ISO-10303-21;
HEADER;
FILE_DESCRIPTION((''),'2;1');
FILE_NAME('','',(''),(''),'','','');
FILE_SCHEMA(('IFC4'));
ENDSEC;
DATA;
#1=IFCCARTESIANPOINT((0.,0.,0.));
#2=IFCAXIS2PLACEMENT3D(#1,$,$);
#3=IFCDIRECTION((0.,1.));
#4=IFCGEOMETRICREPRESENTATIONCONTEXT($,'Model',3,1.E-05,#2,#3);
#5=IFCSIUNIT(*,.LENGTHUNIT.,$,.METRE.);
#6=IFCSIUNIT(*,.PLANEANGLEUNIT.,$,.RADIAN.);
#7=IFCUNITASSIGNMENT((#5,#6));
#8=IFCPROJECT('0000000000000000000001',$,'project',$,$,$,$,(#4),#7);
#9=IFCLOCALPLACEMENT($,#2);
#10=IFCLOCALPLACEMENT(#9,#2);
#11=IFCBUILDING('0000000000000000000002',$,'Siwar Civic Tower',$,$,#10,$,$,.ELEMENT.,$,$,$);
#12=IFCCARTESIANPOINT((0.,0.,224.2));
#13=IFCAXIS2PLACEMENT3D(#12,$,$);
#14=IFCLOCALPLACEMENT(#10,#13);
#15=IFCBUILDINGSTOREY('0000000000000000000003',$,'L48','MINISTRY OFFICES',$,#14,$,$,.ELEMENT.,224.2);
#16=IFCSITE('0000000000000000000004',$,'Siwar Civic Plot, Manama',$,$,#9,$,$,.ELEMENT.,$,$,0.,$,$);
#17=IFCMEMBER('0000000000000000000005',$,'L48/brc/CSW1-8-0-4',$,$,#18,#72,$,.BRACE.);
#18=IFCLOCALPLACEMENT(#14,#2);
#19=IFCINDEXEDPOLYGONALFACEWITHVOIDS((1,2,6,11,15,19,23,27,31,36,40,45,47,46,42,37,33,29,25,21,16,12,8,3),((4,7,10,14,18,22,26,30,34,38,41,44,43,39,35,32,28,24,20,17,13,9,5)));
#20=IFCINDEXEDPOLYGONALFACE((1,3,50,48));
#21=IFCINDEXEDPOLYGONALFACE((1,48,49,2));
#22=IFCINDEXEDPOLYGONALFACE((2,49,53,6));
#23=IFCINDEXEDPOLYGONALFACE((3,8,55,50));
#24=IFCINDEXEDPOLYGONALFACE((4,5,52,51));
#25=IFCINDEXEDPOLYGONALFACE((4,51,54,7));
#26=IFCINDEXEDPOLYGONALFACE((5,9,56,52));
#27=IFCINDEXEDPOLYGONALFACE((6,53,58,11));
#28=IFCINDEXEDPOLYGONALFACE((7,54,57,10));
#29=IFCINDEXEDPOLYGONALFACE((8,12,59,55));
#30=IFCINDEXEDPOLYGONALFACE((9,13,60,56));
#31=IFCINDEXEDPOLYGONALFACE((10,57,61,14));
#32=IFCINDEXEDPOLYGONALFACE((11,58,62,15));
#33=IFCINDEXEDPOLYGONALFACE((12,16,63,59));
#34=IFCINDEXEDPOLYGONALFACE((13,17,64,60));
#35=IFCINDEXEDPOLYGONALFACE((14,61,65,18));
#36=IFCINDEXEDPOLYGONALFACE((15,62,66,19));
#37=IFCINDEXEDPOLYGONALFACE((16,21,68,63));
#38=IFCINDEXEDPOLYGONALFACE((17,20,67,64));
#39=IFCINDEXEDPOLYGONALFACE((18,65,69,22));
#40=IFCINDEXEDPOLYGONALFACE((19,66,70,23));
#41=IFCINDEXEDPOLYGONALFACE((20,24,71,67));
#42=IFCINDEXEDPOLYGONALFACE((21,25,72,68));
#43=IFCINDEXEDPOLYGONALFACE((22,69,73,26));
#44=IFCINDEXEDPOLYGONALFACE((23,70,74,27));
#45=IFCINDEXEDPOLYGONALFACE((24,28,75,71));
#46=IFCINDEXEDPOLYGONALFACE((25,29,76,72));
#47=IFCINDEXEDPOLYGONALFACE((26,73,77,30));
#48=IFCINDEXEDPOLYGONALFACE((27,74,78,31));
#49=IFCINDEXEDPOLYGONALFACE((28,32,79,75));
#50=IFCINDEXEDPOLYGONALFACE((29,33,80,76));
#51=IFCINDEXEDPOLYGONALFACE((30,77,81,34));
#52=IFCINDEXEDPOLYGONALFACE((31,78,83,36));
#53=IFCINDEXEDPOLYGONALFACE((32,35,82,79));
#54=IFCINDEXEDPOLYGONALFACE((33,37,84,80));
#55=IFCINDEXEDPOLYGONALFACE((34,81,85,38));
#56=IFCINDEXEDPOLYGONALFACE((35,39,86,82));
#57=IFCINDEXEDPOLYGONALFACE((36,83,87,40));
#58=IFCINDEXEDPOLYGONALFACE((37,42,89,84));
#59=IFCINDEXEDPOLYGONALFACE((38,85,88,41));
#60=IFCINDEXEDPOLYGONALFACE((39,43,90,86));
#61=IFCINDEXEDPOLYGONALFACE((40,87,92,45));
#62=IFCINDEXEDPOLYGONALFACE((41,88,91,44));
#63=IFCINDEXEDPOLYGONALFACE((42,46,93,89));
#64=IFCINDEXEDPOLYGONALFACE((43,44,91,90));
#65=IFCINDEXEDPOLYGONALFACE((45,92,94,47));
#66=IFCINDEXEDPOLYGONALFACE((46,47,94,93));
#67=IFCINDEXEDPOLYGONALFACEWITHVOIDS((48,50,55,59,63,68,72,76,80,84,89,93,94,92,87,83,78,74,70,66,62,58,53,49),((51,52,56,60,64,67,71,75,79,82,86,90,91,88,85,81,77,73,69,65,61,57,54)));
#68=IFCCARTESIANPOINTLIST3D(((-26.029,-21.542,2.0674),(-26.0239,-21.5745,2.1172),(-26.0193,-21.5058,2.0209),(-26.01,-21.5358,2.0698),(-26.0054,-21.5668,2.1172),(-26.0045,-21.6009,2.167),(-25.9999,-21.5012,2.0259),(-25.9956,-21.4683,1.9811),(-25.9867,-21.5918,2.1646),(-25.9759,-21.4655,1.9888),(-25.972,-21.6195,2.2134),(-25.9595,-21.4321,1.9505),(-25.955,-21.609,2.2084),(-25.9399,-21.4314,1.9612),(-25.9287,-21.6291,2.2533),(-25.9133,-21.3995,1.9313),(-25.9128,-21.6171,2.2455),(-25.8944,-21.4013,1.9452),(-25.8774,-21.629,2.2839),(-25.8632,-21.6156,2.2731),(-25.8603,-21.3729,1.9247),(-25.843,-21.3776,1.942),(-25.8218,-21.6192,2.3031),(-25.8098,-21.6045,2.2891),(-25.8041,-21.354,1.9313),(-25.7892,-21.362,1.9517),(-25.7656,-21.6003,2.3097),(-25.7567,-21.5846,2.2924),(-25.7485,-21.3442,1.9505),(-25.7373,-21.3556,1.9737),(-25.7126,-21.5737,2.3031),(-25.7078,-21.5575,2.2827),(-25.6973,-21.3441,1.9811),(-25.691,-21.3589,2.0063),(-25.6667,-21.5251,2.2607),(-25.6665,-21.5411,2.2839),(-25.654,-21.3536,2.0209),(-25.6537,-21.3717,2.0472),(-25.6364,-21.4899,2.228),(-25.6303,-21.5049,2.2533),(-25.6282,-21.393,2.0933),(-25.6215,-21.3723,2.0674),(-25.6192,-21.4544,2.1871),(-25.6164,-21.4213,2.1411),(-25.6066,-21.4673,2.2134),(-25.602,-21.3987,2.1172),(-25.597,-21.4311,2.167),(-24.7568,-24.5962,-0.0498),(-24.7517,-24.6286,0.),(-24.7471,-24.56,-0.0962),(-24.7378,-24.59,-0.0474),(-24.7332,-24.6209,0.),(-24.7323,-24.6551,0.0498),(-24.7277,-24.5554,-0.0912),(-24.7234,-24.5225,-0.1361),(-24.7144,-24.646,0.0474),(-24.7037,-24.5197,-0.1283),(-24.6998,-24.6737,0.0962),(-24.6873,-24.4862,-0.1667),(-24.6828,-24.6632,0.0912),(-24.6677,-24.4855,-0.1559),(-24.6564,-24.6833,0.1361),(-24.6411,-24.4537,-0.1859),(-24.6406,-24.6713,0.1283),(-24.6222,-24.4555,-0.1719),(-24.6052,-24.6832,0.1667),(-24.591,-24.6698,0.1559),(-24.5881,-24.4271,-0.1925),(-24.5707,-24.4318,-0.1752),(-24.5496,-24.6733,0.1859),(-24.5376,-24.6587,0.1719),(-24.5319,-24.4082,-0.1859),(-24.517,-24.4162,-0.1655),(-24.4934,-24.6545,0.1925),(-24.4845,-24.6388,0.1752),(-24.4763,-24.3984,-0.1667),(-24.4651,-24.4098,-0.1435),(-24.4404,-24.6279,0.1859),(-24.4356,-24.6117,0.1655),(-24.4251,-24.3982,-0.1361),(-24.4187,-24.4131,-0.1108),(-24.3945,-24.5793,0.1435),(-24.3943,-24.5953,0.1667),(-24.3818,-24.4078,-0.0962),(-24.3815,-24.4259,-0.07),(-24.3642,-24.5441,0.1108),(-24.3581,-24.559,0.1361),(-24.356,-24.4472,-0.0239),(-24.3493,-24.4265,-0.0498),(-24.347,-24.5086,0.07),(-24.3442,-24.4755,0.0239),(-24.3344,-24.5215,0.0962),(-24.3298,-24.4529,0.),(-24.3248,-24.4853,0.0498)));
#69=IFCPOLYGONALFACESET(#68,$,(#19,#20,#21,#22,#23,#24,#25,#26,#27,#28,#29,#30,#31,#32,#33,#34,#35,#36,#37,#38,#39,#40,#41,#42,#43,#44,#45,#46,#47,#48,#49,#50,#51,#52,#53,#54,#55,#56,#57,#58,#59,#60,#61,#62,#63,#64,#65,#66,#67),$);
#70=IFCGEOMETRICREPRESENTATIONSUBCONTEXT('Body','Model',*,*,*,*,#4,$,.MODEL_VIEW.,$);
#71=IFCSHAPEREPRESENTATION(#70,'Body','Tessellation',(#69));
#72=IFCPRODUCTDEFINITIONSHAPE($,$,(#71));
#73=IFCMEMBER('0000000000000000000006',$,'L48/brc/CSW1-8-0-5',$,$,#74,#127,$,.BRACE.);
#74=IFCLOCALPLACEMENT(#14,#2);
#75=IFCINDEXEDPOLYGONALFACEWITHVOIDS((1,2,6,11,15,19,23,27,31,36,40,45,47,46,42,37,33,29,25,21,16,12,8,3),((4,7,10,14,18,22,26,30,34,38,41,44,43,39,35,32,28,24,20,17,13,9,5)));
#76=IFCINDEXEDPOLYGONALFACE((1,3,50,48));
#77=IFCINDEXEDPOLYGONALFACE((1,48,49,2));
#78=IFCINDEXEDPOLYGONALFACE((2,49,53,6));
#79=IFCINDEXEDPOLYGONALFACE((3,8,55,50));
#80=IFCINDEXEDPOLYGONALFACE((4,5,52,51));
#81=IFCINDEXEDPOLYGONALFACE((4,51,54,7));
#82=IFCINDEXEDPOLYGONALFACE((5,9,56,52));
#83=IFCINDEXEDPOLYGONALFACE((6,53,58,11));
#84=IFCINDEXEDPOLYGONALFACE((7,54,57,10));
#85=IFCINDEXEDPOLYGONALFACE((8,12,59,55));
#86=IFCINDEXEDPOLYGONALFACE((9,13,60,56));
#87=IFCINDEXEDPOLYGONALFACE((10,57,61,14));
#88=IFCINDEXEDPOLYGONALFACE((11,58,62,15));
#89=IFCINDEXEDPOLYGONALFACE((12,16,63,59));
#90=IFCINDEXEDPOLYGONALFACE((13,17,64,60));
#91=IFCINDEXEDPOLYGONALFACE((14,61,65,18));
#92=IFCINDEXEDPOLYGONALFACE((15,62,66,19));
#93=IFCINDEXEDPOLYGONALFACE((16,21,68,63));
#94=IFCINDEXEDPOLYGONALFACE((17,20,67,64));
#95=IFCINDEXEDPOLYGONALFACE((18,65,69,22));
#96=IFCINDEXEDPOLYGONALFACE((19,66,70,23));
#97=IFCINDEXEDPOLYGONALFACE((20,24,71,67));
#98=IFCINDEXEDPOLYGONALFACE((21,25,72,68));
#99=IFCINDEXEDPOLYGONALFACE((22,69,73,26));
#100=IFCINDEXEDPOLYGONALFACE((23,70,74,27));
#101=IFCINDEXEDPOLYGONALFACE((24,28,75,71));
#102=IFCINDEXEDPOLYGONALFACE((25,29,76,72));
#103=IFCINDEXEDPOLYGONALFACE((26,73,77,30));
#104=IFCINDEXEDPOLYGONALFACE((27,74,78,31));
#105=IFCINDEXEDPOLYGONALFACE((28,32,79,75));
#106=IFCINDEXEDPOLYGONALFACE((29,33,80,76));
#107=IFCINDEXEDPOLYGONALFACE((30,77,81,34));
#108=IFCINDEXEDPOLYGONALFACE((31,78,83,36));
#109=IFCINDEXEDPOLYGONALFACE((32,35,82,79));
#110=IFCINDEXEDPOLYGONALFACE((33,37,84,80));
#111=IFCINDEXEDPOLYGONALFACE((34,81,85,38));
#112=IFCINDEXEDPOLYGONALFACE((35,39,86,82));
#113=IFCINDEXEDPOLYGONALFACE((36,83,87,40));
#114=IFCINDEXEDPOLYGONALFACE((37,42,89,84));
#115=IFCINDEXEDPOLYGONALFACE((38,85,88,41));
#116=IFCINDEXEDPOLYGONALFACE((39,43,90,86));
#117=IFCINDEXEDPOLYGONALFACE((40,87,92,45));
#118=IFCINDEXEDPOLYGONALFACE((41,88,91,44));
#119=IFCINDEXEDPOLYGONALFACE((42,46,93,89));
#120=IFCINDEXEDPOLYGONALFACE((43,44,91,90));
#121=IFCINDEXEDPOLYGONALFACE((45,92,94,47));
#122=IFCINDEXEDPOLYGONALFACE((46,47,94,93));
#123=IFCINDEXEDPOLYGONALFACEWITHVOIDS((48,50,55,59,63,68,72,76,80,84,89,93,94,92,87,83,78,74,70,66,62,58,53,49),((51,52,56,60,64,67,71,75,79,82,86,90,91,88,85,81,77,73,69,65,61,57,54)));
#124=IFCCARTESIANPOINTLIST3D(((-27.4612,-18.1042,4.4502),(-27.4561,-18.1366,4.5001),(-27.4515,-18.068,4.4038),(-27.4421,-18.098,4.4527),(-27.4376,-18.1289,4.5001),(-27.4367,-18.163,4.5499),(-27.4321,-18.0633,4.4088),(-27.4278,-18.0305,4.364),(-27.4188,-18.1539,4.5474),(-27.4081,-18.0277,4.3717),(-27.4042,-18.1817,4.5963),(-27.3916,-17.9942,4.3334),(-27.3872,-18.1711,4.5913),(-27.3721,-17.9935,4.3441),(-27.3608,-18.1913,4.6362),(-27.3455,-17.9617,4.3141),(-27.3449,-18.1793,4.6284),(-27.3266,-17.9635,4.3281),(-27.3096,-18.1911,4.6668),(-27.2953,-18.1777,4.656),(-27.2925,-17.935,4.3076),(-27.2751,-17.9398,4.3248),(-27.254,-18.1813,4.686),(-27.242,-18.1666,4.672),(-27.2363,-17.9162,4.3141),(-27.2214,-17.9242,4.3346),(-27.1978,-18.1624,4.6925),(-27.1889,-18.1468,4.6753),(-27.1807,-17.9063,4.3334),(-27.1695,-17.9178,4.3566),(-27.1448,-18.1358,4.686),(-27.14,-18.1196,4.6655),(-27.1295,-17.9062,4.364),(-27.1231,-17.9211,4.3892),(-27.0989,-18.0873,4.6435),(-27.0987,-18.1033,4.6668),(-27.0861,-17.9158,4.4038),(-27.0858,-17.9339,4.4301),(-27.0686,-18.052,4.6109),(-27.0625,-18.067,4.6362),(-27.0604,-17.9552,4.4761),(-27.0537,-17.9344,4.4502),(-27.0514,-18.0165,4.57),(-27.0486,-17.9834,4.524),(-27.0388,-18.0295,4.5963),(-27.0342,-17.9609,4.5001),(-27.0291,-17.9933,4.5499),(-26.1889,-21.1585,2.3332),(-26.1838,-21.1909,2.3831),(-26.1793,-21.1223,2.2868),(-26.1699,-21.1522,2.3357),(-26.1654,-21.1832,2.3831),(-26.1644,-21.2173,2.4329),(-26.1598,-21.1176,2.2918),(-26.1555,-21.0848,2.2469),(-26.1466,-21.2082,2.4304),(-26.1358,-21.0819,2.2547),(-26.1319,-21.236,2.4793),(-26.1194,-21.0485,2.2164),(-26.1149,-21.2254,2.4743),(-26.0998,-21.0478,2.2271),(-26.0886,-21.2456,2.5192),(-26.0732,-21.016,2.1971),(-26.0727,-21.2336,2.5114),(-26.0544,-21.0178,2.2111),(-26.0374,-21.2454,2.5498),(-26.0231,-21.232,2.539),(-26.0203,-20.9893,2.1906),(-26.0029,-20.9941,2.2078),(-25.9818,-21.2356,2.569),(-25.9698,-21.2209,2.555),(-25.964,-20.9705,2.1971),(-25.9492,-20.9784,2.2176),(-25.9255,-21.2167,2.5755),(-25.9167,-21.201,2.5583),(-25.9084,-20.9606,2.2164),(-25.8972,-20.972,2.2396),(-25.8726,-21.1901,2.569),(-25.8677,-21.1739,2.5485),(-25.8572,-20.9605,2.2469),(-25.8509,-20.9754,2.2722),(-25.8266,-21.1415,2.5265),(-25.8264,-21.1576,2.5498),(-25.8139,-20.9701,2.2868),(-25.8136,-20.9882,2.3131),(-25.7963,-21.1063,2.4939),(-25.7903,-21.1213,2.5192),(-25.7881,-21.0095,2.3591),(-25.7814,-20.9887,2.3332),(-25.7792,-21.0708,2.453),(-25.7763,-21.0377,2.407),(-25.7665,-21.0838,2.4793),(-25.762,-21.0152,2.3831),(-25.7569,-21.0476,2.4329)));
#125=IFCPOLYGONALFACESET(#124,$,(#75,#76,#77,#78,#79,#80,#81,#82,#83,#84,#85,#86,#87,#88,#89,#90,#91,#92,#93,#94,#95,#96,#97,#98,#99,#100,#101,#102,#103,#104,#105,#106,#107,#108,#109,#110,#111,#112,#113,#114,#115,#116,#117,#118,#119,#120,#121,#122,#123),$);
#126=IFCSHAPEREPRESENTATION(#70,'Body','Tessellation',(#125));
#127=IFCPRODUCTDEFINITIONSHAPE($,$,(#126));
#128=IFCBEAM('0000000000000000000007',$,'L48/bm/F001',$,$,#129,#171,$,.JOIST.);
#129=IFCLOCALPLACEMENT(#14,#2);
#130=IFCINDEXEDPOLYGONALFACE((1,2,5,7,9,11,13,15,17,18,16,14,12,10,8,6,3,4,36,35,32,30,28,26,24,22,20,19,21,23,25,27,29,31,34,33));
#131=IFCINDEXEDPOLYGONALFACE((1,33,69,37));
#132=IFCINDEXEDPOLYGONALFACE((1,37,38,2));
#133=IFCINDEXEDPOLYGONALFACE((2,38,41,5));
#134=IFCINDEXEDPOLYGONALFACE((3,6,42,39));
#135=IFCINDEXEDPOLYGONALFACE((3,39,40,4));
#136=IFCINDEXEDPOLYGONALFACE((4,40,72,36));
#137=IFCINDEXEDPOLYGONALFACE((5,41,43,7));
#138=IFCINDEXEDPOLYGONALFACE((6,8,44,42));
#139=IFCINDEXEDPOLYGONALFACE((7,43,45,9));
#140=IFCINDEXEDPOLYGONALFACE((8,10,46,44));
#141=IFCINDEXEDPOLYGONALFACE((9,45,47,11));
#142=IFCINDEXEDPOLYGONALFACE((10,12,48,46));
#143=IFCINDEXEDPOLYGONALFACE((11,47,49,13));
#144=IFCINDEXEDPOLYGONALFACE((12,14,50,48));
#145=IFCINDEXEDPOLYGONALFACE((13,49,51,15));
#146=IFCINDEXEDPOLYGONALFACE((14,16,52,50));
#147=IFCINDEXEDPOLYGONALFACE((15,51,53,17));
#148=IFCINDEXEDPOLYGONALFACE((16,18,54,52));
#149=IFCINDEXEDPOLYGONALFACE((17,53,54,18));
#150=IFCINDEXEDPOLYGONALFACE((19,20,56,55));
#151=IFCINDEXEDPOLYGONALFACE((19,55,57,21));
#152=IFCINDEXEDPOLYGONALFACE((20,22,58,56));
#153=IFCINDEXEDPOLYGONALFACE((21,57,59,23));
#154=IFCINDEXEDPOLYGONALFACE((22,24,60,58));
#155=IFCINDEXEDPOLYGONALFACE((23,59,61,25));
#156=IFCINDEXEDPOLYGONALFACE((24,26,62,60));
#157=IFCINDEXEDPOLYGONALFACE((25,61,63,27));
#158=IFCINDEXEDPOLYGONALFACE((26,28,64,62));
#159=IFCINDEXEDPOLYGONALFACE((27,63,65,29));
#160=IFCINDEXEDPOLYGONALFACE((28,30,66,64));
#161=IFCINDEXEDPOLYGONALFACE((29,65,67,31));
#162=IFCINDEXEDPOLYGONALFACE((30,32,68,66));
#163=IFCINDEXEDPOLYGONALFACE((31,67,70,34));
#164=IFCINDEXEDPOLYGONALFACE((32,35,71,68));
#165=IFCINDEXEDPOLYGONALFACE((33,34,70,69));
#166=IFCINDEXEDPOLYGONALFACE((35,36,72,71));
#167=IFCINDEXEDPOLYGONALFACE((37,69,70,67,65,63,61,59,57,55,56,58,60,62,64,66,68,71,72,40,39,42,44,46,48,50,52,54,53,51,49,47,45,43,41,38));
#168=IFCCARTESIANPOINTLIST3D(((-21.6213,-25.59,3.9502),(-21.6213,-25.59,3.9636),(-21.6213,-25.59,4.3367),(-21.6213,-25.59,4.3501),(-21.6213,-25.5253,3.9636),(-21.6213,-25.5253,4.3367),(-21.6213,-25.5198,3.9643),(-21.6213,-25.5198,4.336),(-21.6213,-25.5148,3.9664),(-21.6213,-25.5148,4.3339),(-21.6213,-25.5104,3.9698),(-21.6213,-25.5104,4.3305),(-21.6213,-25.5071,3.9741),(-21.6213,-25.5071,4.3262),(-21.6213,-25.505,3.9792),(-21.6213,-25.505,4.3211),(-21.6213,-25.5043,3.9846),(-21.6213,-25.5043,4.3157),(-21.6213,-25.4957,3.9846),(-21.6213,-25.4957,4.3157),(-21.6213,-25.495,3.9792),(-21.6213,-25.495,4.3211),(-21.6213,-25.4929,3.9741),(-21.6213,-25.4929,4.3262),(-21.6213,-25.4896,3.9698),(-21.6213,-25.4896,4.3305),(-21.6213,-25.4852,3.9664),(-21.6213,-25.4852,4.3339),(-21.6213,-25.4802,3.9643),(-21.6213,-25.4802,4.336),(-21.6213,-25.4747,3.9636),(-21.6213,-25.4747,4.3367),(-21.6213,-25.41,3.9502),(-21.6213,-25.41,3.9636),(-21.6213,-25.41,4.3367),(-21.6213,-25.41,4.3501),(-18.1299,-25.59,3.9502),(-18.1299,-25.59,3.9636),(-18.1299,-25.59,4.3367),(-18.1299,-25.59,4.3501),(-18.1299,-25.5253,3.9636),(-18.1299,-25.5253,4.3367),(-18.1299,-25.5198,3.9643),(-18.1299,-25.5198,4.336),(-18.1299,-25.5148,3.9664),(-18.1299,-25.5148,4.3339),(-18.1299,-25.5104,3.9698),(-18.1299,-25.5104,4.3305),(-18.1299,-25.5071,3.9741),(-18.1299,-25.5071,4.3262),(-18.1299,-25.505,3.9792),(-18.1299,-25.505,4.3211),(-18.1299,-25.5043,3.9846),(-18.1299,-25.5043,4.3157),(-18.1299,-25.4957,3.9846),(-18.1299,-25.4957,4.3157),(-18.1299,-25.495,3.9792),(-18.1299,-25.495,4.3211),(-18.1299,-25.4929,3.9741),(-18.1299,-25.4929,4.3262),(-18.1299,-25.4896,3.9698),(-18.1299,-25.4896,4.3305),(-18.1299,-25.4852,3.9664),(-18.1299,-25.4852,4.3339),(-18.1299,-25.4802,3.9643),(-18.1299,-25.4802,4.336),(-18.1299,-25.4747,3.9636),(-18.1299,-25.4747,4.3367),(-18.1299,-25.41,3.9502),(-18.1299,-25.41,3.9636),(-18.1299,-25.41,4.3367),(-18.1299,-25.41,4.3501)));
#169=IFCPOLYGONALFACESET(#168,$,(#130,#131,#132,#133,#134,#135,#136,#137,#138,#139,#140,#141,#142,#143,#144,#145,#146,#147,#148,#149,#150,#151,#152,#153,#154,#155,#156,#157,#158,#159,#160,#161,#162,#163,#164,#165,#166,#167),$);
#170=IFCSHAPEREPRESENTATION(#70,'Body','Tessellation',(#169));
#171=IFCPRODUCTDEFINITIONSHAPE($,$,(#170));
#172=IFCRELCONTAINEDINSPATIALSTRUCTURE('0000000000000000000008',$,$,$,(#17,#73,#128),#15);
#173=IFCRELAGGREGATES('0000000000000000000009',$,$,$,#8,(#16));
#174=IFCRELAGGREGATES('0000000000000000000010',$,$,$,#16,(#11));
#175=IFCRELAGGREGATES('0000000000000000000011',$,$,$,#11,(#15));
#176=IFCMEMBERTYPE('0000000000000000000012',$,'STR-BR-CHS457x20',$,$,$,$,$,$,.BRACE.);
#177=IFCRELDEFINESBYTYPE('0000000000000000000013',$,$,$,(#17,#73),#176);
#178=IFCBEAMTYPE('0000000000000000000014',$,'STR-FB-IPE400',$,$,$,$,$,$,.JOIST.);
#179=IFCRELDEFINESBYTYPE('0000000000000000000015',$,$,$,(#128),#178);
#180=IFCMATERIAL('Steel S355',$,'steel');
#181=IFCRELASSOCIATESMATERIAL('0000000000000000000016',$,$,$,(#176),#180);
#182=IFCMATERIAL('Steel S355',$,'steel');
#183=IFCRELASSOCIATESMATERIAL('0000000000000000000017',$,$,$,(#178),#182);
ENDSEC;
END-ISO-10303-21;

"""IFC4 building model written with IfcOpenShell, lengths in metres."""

from ifc_helpers import new_model, si_unit, direction, frame, origin, origin_2d, place, context, subcontext, project, spatial, hollow_circle, i_section, extrude, material, material_profile, profile_set, type_object, element, save


model = new_model("IFC4")

# Units and contexts
model_context = context("Model", 3, precision=1e-05, world=origin(), true_north=direction((0.0, 1.0)))
body_context = subcontext(model_context, "Body", "Model", "MODEL_VIEW")
ifc_project = project(units=[si_unit("LENGTHUNIT", "METRE"), si_unit("PLANEANGLEUNIT", "RADIAN")], contexts=[model_context])

# Site, building, storey
site_placement = place(None, origin())
site = spatial("IfcSite", under=ifc_project, at=site_placement, Name="Siwar Civic Plot, Manama", CompositionType="ELEMENT", RefElevation=0.0)
building_placement = place(site_placement, origin())
building = spatial("IfcBuilding", under=site, at=building_placement, Name="Siwar Civic Tower", CompositionType="ELEMENT")
storey_placement = place(building_placement, frame((0.0, 0.0, 224.2)))
storey = spatial("IfcBuildingStorey", under=building, at=storey_placement, Name="L48", Description="MINISTRY OFFICES", CompositionType="ELEMENT", Elevation=224.2)

# Members
ifc_material_1 = material(Name="Steel S355", Category="steel")
ifc_material_profile_1 = material_profile(ifc_material_1, hollow_circle(Radius=0.2285, WallThickness=0.02, at=origin_2d()), Name="CHS457x20")
ifc_profile_set_1 = profile_set([ifc_material_profile_1], Name="Steel S355")
member_type_1 = type_object("IfcMemberType", Name="STR-BR-CHS457x20", PredefinedType="BRACE", material=ifc_profile_set_1)
for number, where, z_axis, x_axis, name in (
    (1, (-24.5408, -24.5408, 0.0), (-0.323884, 0.777546, 0.538999), (-0.923116, -0.384521, 0.0), "L48/brc/CSW1-8-0-4"),
    (2, (-25.9729, -21.103, 2.3831), (-0.323895, 0.777572, 0.538955), (-0.923116, -0.384521, 0.0), "L48/brc/CSW1-8-0-5"),
):
    element("IfcMember", number, at=place(storey_placement, frame(where, z_axis=z_axis, x_axis=x_axis)), inside=storey, type_object=member_type_1, Name=name, PredefinedType="BRACE", context=body_context, shape_type="SweptSolid", body=[
        extrude(hollow_circle(Radius=0.2285, WallThickness=0.02, at=origin_2d()), origin(), (0.0, 0.0, 1.0), 3.928),
    ])

# Beam
ifc_material_2 = material(Name="Steel S355", Category="steel")
ifc_material_profile_2 = material_profile(ifc_material_2, i_section(OverallWidth=0.1799, OverallDepth=0.3999, WebThickness=0.0085, FlangeThickness=0.0134, FilletRadius=0.021, at=origin_2d()), Name="IPE400")
ifc_profile_set_2 = profile_set([ifc_material_profile_2], Name="Steel S355")
beam_type_1 = type_object("IfcBeamType", Name="STR-FB-IPE400", PredefinedType="JOIST", material=ifc_profile_set_2)
beam_1_placement = place(storey_placement, frame((-21.6213, -25.5, 4.1501), z_axis=(1.0, 0.0, 0.0), x_axis=(0.0, 1.0, 0.0)))
element("IfcBeam", 3, at=beam_1_placement, inside=storey, type_object=beam_type_1, Name="L48/bm/F001", PredefinedType="JOIST", context=body_context, shape_type="SweptSolid", body=[
    extrude(i_section(OverallWidth=0.1799, OverallDepth=0.3999, WebThickness=0.0085, FlangeThickness=0.0134, FilletRadius=0.021, at=origin_2d()), origin(), (0.0, 0.0, 1.0), 3.4915),
])

save(model, "model.ifc")
